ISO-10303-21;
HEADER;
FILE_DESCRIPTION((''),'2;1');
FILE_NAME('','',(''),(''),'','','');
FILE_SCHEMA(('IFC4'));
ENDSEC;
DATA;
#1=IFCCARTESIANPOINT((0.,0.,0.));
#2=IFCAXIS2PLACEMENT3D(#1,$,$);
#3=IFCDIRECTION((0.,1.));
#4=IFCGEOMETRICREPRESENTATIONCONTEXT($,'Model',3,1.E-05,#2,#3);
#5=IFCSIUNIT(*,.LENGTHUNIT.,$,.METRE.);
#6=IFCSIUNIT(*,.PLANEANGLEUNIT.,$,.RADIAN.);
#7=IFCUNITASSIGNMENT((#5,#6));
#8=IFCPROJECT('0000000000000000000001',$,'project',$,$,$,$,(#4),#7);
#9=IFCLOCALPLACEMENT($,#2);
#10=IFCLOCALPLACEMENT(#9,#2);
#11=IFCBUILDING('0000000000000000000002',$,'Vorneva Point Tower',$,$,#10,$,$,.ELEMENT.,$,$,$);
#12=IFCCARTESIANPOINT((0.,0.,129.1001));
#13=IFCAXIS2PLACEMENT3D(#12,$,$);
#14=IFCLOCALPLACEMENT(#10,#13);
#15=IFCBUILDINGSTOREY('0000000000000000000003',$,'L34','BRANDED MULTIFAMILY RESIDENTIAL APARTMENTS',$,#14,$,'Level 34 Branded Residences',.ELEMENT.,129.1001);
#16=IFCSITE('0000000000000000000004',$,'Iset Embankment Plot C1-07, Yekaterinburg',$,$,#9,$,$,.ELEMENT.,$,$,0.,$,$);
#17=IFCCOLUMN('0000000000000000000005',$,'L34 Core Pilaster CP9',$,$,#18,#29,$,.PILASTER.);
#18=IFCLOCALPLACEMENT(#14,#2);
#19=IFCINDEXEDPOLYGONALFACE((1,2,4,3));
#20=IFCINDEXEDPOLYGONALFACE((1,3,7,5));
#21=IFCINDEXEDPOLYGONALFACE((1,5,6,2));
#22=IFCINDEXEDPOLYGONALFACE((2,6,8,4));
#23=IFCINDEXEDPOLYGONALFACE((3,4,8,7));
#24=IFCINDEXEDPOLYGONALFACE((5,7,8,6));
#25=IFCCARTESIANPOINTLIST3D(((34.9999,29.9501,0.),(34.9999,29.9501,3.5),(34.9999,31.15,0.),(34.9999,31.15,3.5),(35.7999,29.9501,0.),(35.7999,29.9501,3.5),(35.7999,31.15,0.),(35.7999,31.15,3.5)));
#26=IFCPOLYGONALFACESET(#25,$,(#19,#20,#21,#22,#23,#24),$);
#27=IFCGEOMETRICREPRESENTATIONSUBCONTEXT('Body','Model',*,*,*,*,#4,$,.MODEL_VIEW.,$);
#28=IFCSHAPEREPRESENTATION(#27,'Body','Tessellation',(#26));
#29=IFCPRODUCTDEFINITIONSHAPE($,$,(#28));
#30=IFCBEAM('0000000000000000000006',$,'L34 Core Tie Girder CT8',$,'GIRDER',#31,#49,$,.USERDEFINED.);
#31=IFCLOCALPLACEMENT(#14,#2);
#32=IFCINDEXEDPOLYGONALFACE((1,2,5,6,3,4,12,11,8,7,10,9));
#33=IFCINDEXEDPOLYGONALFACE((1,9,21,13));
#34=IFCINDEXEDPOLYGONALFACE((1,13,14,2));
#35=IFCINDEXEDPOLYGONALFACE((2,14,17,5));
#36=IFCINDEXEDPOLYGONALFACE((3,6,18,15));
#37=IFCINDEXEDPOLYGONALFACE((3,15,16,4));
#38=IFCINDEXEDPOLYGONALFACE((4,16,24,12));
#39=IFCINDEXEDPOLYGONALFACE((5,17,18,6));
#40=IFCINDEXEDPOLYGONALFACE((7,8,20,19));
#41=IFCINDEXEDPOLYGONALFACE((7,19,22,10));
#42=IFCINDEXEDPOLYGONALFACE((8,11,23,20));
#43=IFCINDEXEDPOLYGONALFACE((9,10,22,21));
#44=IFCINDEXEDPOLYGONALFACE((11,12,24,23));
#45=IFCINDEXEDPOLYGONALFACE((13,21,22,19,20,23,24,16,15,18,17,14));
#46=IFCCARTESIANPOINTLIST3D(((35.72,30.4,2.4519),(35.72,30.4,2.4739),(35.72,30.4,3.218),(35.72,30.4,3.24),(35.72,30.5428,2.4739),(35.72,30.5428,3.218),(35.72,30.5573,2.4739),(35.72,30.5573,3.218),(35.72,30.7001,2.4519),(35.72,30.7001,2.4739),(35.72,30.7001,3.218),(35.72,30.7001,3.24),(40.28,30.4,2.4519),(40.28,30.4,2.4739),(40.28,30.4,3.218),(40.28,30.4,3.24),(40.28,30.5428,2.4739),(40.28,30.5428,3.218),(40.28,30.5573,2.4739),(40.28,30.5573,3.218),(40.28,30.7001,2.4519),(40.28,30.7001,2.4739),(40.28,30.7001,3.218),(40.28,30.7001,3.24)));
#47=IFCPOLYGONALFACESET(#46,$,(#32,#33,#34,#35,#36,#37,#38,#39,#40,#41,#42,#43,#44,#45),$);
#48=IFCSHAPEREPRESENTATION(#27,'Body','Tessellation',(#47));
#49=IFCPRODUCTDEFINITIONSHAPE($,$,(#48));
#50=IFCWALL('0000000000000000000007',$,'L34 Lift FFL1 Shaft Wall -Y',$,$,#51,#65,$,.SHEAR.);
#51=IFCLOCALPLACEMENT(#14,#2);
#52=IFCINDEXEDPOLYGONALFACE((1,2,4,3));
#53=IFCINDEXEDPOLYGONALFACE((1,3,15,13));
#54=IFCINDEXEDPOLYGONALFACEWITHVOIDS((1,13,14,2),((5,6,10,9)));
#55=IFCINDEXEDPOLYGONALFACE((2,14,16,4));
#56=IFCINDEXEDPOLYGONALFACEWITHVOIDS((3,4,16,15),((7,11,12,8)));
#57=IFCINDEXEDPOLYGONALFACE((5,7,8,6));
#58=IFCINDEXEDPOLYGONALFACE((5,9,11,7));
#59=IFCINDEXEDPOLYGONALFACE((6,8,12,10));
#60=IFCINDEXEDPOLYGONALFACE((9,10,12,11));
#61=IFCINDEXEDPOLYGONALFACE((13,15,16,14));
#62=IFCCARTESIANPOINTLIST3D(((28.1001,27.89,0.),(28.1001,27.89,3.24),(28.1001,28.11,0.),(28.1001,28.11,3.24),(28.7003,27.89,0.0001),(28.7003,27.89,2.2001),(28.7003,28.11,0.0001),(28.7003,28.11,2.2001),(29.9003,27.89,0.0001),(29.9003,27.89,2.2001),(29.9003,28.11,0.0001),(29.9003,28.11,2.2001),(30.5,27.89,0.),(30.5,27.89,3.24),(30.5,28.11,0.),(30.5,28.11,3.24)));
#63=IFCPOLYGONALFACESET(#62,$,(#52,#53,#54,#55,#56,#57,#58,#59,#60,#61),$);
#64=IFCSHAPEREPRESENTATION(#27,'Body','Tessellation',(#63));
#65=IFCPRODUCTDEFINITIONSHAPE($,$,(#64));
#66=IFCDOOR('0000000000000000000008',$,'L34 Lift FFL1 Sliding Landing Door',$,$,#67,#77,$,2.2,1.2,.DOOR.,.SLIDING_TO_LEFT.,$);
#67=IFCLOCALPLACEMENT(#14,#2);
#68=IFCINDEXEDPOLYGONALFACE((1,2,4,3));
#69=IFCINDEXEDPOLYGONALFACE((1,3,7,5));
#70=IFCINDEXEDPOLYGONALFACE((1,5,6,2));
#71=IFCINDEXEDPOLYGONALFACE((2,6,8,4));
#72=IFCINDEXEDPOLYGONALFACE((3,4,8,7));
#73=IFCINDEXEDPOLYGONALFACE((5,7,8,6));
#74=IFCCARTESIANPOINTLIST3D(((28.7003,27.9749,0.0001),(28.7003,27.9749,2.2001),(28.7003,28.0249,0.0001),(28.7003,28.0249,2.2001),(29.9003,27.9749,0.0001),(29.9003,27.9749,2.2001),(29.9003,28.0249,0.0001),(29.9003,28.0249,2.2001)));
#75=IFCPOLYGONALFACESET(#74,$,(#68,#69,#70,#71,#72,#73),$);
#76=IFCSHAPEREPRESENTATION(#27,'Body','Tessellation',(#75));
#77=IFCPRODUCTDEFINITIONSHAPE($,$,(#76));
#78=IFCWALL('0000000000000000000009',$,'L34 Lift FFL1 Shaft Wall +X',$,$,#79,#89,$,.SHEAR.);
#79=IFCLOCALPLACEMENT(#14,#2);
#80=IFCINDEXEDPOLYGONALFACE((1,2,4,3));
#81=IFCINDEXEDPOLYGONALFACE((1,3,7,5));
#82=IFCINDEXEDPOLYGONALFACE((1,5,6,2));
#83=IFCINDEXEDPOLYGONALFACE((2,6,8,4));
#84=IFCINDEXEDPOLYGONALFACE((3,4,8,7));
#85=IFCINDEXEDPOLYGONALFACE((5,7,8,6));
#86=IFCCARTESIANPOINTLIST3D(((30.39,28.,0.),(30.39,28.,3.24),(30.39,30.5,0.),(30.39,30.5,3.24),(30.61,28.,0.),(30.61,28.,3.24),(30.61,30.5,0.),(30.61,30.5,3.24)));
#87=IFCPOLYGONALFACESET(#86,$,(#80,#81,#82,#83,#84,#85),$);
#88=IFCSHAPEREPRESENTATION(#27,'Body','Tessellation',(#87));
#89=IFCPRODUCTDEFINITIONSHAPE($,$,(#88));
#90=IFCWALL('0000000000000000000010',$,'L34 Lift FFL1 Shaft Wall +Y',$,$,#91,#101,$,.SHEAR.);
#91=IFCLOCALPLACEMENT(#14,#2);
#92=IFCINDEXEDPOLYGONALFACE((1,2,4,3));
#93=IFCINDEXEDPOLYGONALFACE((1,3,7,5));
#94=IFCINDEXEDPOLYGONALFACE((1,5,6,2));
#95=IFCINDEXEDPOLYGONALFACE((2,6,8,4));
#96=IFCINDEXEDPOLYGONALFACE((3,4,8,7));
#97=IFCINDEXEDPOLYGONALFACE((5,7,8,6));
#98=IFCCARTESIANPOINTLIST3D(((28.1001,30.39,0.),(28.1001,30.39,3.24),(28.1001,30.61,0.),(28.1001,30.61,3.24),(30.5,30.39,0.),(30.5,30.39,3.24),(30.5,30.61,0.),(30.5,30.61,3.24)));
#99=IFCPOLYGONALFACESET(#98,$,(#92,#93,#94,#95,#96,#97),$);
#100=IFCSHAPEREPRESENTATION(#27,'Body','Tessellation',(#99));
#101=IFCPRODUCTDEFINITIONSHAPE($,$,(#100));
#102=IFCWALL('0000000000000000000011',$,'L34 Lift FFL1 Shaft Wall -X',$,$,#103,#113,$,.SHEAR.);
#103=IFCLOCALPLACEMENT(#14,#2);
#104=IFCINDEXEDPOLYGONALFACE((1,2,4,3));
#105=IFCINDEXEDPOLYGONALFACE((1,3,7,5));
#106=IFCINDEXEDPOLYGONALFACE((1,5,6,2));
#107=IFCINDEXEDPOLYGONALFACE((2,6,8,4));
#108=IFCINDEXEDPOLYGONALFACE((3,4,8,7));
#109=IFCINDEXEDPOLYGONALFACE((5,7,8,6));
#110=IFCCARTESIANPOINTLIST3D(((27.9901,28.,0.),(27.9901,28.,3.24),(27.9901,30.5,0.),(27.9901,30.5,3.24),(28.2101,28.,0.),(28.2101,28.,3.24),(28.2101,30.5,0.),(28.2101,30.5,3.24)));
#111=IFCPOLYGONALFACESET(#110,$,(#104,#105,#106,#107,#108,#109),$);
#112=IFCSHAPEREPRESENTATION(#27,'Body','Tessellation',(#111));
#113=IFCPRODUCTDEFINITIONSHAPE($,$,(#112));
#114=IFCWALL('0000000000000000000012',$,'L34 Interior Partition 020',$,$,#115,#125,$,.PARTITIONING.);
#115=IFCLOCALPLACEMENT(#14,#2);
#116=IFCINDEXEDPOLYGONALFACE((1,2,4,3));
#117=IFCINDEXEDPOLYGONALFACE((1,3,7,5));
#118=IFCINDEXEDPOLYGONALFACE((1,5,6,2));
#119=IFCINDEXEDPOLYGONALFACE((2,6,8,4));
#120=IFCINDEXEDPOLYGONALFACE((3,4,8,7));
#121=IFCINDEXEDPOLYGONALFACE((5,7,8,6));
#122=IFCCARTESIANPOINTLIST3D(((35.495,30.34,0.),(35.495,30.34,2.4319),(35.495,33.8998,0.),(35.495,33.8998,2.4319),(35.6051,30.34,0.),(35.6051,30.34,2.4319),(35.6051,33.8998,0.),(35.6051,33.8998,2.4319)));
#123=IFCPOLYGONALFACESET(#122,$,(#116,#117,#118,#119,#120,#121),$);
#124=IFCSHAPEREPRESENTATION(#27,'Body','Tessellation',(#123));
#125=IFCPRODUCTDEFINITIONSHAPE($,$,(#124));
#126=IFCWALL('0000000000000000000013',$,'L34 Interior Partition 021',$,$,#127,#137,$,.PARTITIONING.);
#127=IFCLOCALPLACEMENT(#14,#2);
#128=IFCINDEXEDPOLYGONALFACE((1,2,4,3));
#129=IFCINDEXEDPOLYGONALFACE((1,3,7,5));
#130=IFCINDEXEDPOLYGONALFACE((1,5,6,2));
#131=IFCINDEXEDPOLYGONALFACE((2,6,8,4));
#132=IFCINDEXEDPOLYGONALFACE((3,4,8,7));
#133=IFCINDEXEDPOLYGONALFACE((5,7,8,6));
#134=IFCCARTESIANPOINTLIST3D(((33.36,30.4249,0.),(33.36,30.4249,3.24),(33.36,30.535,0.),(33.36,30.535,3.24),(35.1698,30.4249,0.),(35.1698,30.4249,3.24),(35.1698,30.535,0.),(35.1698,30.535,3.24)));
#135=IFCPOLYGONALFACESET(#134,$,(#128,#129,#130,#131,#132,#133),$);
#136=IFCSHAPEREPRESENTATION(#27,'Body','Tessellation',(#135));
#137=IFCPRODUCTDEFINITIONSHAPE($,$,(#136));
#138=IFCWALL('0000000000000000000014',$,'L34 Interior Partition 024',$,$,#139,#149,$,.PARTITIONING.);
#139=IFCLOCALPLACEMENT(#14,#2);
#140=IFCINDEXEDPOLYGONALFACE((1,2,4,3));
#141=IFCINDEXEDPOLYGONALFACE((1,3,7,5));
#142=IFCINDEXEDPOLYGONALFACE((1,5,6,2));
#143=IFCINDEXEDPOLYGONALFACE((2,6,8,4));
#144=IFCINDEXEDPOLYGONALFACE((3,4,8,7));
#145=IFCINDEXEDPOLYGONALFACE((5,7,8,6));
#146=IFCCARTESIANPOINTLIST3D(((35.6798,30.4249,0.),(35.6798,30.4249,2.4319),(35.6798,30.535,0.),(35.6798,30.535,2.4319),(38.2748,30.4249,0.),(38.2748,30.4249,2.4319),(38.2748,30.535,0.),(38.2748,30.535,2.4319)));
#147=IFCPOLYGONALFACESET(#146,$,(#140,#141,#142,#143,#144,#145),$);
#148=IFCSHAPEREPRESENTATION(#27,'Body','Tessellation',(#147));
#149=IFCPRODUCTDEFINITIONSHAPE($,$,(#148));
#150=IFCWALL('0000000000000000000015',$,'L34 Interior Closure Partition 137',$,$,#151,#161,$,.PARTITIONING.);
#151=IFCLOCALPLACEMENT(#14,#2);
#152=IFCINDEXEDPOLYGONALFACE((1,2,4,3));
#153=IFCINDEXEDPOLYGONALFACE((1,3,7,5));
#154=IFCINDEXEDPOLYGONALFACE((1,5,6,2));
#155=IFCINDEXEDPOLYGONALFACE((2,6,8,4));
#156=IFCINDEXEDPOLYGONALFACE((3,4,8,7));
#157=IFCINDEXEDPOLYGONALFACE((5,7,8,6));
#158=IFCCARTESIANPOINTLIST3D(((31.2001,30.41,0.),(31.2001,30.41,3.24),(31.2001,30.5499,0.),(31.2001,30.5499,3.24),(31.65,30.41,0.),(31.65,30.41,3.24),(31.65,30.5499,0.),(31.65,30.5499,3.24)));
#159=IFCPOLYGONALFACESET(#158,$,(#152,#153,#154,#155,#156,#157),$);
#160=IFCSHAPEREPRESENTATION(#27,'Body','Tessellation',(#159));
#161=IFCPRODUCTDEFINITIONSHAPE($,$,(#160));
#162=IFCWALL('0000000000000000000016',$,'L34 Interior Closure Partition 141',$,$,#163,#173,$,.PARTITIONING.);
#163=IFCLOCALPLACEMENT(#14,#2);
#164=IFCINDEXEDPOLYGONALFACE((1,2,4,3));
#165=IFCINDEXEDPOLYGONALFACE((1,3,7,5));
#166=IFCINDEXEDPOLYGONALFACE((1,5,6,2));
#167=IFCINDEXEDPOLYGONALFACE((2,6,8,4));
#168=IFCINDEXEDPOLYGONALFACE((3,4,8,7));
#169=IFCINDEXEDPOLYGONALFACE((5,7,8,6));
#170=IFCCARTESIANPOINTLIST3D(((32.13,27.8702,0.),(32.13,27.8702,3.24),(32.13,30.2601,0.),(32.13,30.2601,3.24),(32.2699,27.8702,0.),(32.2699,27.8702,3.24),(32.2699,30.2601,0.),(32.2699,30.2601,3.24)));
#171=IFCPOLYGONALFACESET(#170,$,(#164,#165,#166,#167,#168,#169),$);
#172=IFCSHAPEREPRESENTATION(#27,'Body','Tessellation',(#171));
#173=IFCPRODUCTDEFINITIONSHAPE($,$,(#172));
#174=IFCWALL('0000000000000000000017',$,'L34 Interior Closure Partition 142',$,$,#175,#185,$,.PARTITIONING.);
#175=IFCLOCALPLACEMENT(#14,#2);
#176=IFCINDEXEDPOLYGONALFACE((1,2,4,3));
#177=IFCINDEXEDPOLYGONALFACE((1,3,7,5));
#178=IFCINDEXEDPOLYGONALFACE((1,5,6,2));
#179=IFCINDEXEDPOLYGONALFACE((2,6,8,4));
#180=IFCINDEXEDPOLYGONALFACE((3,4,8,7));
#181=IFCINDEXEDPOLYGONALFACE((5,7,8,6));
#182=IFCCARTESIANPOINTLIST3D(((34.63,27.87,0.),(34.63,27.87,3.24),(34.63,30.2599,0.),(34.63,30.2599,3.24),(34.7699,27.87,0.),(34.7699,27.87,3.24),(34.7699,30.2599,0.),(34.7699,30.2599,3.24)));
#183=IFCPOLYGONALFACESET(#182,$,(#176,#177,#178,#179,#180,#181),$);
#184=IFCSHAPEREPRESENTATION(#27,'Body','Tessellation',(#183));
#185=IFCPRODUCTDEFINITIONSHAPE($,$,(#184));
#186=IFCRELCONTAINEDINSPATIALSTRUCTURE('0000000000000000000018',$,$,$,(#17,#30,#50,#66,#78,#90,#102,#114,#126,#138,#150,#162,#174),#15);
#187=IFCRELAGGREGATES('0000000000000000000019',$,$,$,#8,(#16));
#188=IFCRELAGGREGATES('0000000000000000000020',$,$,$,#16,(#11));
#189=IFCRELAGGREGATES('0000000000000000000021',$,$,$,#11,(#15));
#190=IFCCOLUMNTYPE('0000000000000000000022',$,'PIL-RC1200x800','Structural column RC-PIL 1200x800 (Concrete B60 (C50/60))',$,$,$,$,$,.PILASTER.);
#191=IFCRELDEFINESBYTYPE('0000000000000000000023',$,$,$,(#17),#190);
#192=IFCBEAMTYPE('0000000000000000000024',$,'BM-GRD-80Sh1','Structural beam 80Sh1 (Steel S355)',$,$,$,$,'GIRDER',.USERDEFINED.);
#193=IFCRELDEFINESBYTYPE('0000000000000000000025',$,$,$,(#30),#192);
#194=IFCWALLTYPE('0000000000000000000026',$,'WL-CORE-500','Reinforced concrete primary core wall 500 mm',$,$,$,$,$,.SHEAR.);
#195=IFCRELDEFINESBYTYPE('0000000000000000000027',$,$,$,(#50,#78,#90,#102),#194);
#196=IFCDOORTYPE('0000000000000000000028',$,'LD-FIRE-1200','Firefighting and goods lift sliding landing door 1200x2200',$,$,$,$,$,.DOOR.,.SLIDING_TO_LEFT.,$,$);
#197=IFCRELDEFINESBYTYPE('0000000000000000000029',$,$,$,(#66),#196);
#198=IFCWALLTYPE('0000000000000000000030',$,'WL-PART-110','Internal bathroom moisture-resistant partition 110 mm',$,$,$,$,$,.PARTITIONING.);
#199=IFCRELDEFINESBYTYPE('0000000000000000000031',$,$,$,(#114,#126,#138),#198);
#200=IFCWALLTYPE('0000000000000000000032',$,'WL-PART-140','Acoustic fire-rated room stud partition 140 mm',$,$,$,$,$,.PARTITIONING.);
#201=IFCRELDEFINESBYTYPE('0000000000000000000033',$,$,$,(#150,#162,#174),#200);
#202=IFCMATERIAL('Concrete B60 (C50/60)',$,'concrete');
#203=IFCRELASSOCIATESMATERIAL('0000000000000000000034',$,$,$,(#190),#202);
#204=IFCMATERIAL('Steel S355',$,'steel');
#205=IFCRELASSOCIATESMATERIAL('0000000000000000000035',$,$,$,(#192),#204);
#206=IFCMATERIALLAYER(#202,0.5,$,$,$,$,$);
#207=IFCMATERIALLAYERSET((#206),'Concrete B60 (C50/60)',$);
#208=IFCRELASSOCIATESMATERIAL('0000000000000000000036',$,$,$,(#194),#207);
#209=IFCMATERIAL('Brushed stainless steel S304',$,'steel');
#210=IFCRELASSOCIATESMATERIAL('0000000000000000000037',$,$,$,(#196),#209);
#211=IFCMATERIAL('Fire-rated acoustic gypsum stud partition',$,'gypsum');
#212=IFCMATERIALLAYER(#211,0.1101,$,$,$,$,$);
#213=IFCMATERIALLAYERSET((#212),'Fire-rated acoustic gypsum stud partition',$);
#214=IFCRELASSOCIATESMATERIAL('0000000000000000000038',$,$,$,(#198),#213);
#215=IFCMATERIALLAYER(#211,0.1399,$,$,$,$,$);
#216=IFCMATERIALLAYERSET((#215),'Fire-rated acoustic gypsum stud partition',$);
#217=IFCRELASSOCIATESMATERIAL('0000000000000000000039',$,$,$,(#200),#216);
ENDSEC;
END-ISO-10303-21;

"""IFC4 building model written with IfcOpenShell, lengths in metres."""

from ifc_helpers import new_model, si_unit, direction, frame, frame_2d, origin, origin_2d, place, context, subcontext, project, spatial, rectangle, i_section, extrude, material, layer, layer_set, material_profile, profile_set, type_object, element, fill, save


model = new_model("IFC4")

# Units and contexts
model_context = context("Model", 3, precision=1e-05, world=origin(), true_north=direction((0.0, 1.0)))
body_context = subcontext(model_context, "Body", "Model", "MODEL_VIEW")
ifc_project = project(units=[si_unit("LENGTHUNIT", "METRE"), si_unit("PLANEANGLEUNIT", "RADIAN")], contexts=[model_context])

# Site, building, storey
site_placement = place(None, origin())
site = spatial("IfcSite", under=ifc_project, at=site_placement, Name="Iset Embankment Plot C1-07, Yekaterinburg", CompositionType="ELEMENT", RefElevation=0.0)
building_placement = place(site_placement, origin())
building = spatial("IfcBuilding", under=site, at=building_placement, Name="Vorneva Point Tower", CompositionType="ELEMENT")
storey_placement = place(building_placement, frame((0.0, 0.0, 129.1001)))
storey = spatial("IfcBuildingStorey", under=building, at=storey_placement, Name="L34", Description="BRANDED MULTIFAMILY RESIDENTIAL APARTMENTS", LongName="Level 34 Branded Residences", CompositionType="ELEMENT", Elevation=129.1001)

# Column
ifc_material_1 = material(Name="Concrete B60 (C50/60)", Category="concrete")
ifc_material_profile_1 = material_profile(ifc_material_1, rectangle(XDim=0.8, YDim=1.2, at=origin_2d()), Name="RC-PIL 1200x800")
ifc_profile_set_1 = profile_set([ifc_material_profile_1], Name="Concrete B60 (C50/60)")
column_type = type_object("IfcColumnType", Name="PIL-RC1200x800", Description="Structural column RC-PIL 1200x800 (Concrete B60 (C50/60))", PredefinedType="PILASTER", material=ifc_profile_set_1)
column_placement = place(storey_placement, frame((35.3999, 30.55, 0.0), z_axis=(0.0, 0.0, 1.0), x_axis=(1.0, 0.0, 0.0)))
element("IfcColumn", 1, at=column_placement, inside=storey, type_object=column_type, Name="L34 Core Pilaster CP9", PredefinedType="PILASTER", context=body_context, shape_type="SweptSolid", body=[
    extrude(rectangle(XDim=0.8, YDim=1.2, at=origin_2d()), origin(), (0.0, 0.0, 1.0), 3.5),
])

# Beam
ifc_material_2 = material(Name="Steel S355", Category="steel")
ifc_material_profile_2 = material_profile(ifc_material_2, i_section(OverallWidth=0.3, OverallDepth=0.7881, WebThickness=0.0144, FlangeThickness=0.022, at=origin_2d()), Name="80Sh1")
ifc_profile_set_2 = profile_set([ifc_material_profile_2], Name="Steel S355")
beam_type = type_object("IfcBeamType", Name="BM-GRD-80Sh1", Description="Structural beam 80Sh1 (Steel S355)", ElementType="GIRDER", PredefinedType="USERDEFINED", material=ifc_profile_set_2)
beam_placement = place(storey_placement, frame((35.72, 30.55, 2.8459), z_axis=(1.0, 0.0, 0.0), x_axis=(0.0, 1.0, 0.0)))
element("IfcBeam", 2, at=beam_placement, inside=storey, type_object=beam_type, Name="L34 Core Tie Girder CT8", ObjectType="GIRDER", PredefinedType="USERDEFINED", context=body_context, shape_type="SweptSolid", body=[
    extrude(i_section(OverallWidth=0.3, OverallDepth=0.7881, WebThickness=0.0144, FlangeThickness=0.022, at=origin_2d()), origin(), (0.0, 0.0, 1.0), 4.5601),
])

# Wall, opening, door
ifc_layer_1 = layer(ifc_material_1, 0.5)
ifc_layer_set_1 = layer_set([ifc_layer_1], Name="Concrete B60 (C50/60)")
wall_type_1 = type_object("IfcWallType", Name="WL-CORE-500", Description="Reinforced concrete primary core wall 500 mm", PredefinedType="SHEAR", material=ifc_layer_set_1)
wall_1_placement = place(storey_placement, frame((28.1001, 28.0, 0.0), z_axis=(0.0, 0.0, 1.0), x_axis=(1.0, 0.0, 0.0)))
wall_1 = element("IfcWall", 3, at=wall_1_placement, inside=storey, type_object=wall_type_1, Name="L34 Lift FFL1 Shaft Wall -Y", PredefinedType="SHEAR", context=body_context, shape_type="SweptSolid", body=[
    extrude(rectangle(XDim=2.3999, YDim=0.22, at=frame_2d((1.2, 0.0))), origin(), (0.0, 0.0, 1.0), 3.24),
])
opening_1_placement = place(wall_1_placement, frame((0.6001, 0.0, 0.0)))
opening_1 = element("IfcOpeningElement", 4, at=opening_1_placement, cuts=wall_1, PredefinedType="OPENING", context=body_context, shape_type="SweptSolid", body=[
    extrude(rectangle(XDim=1.2, YDim=2.2, at=frame_2d((0.6001, 1.1001))), frame((0.0, 0.125, 0.0), z_axis=(0.0, -1.0, 0.0), x_axis=(1.0, 0.0, 0.0)), (0.0, 0.0, 1.0), 0.2498),
])
ifc_material_3 = material(Name="Brushed stainless steel S304", Category="steel")
door_type_1 = type_object("IfcDoorType", Name="LD-FIRE-1200", Description="Firefighting and goods lift sliding landing door 1200x2200", OperationType="SLIDING_TO_LEFT", PredefinedType="DOOR", material=ifc_material_3)
door_1_placement = place(opening_1_placement, origin())
door_1 = element("IfcDoor", 5, at=door_1_placement, inside=storey, type_object=door_type_1, Name="L34 Lift FFL1 Sliding Landing Door", OperationType="SLIDING_TO_LEFT", OverallHeight=2.2, OverallWidth=1.2, PredefinedType="DOOR", context=body_context, shape_type="SweptSolid", body=[
    extrude(rectangle(XDim=1.2, YDim=2.2, at=frame_2d((0.6001, 1.1001))), frame((0.0, 0.0249, 0.0), z_axis=(0.0, -1.0, 0.0), x_axis=(1.0, 0.0, 0.0)), (0.0, 0.0, 1.0), 0.05),
])
fill(opening_1, door_1)

# Walls
wall_2_placement = place(storey_placement, frame((30.5, 28.0, 0.0), z_axis=(0.0, 0.0, 1.0), x_axis=(0.0, 1.0, 0.0)))
element("IfcWall", 6, at=wall_2_placement, inside=storey, type_object=wall_type_1, Name="L34 Lift FFL1 Shaft Wall +X", PredefinedType="SHEAR", context=body_context, shape_type="SweptSolid", body=[
    extrude(rectangle(XDim=2.5, YDim=0.22, at=frame_2d((1.25, 0.0))), origin(), (0.0, 0.0, 1.0), 3.24),
])
wall_3_placement = place(storey_placement, frame((30.5, 30.5, 0.0), z_axis=(0.0, 0.0, 1.0), x_axis=(-1.0, 0.0, 0.0)))
element("IfcWall", 7, at=wall_3_placement, inside=storey, type_object=wall_type_1, Name="L34 Lift FFL1 Shaft Wall +Y", PredefinedType="SHEAR", context=body_context, shape_type="SweptSolid", body=[
    extrude(rectangle(XDim=2.3999, YDim=0.22, at=frame_2d((1.2, 0.0))), origin(), (0.0, 0.0, 1.0), 3.24),
])
wall_4_placement = place(storey_placement, frame((28.1001, 30.5, 0.0), z_axis=(0.0, 0.0, 1.0), x_axis=(0.0, -1.0, 0.0)))
element("IfcWall", 8, at=wall_4_placement, inside=storey, type_object=wall_type_1, Name="L34 Lift FFL1 Shaft Wall -X", PredefinedType="SHEAR", context=body_context, shape_type="SweptSolid", body=[
    extrude(rectangle(XDim=2.5, YDim=0.22, at=frame_2d((1.25, 0.0))), origin(), (0.0, 0.0, 1.0), 3.24),
])
ifc_material_4 = material(Name="Fire-rated acoustic gypsum stud partition", Category="gypsum")
ifc_layer_2 = layer(ifc_material_4, 0.1101)
ifc_layer_set_2 = layer_set([ifc_layer_2], Name="Fire-rated acoustic gypsum stud partition")
wall_type_2 = type_object("IfcWallType", Name="WL-PART-110", Description="Internal bathroom moisture-resistant partition 110 mm", PredefinedType="PARTITIONING", material=ifc_layer_set_2)
wall_5_placement = place(storey_placement, frame((35.55, 30.3401, 0.0), z_axis=(0.0, 0.0, 1.0), x_axis=(0.0, 1.0, 0.0)))
element("IfcWall", 9, at=wall_5_placement, inside=storey, type_object=wall_type_2, Name="L34 Interior Partition 020", PredefinedType="PARTITIONING", context=body_context, shape_type="SweptSolid", body=[
    extrude(rectangle(XDim=3.5598, YDim=0.1101, at=frame_2d((1.7798, 0.0))), origin(), (0.0, 0.0, 1.0), 2.4319),
])
wall_6_placement = place(storey_placement, frame((33.3601, 30.48, 0.0), z_axis=(0.0, 0.0, 1.0), x_axis=(1.0, 0.0, 0.0)))
element("IfcWall", 10, at=wall_6_placement, inside=storey, type_object=wall_type_2, Name="L34 Interior Partition 021", PredefinedType="PARTITIONING", context=body_context, shape_type="SweptSolid", body=[
    extrude(rectangle(XDim=1.8098, YDim=0.1101, at=frame_2d((0.9048, 0.0))), origin(), (0.0, 0.0, 1.0), 3.24),
])
wall_7_placement = place(storey_placement, frame((35.6799, 30.48, 0.0), z_axis=(0.0, 0.0, 1.0), x_axis=(1.0, 0.0, 0.0)))
element("IfcWall", 11, at=wall_7_placement, inside=storey, type_object=wall_type_2, Name="L34 Interior Partition 024", PredefinedType="PARTITIONING", context=body_context, shape_type="SweptSolid", body=[
    extrude(rectangle(XDim=2.595, YDim=0.1101, at=frame_2d((1.2974, 0.0))), origin(), (0.0, 0.0, 1.0), 2.4319),
])
ifc_layer_3 = layer(ifc_material_4, 0.1399)
ifc_layer_set_3 = layer_set([ifc_layer_3], Name="Fire-rated acoustic gypsum stud partition")
wall_type_3 = type_object("IfcWallType", Name="WL-PART-140", Description="Acoustic fire-rated room stud partition 140 mm", PredefinedType="PARTITIONING", material=ifc_layer_set_3)
wall_8_placement = place(storey_placement, frame((31.2, 30.48, 0.0), z_axis=(0.0, 0.0, 1.0), x_axis=(1.0, 0.0, 0.0)))
element("IfcWall", 12, at=wall_8_placement, inside=storey, type_object=wall_type_3, Name="L34 Interior Closure Partition 137", PredefinedType="PARTITIONING", context=body_context, shape_type="SweptSolid", body=[
    extrude(rectangle(XDim=0.45, YDim=0.1399, at=frame_2d((0.2251, 0.0))), origin(), (0.0, 0.0, 1.0), 3.24),
])
for number, where, z_axis, x_axis, name in (
    (13, (32.2, 30.26, 0.0), (0.0, 0.0, 1.0), (0.0, -1.0, 0.0), "L34 Interior Closure Partition 141"),
    (14, (34.7, 27.8701, 0.0), (0.0, 0.0, 1.0), (0.0, 1.0, 0.0), "L34 Interior Closure Partition 142"),
):
    element("IfcWall", number, at=place(storey_placement, frame(where, z_axis=z_axis, x_axis=x_axis)), inside=storey, type_object=wall_type_3, Name=name, PredefinedType="PARTITIONING", context=body_context, shape_type="SweptSolid", body=[
        extrude(rectangle(XDim=2.3899, YDim=0.1399, at=frame_2d((1.1948, 0.0))), origin(), (0.0, 0.0, 1.0), 3.24),
    ])

save(model, "model.ifc")
